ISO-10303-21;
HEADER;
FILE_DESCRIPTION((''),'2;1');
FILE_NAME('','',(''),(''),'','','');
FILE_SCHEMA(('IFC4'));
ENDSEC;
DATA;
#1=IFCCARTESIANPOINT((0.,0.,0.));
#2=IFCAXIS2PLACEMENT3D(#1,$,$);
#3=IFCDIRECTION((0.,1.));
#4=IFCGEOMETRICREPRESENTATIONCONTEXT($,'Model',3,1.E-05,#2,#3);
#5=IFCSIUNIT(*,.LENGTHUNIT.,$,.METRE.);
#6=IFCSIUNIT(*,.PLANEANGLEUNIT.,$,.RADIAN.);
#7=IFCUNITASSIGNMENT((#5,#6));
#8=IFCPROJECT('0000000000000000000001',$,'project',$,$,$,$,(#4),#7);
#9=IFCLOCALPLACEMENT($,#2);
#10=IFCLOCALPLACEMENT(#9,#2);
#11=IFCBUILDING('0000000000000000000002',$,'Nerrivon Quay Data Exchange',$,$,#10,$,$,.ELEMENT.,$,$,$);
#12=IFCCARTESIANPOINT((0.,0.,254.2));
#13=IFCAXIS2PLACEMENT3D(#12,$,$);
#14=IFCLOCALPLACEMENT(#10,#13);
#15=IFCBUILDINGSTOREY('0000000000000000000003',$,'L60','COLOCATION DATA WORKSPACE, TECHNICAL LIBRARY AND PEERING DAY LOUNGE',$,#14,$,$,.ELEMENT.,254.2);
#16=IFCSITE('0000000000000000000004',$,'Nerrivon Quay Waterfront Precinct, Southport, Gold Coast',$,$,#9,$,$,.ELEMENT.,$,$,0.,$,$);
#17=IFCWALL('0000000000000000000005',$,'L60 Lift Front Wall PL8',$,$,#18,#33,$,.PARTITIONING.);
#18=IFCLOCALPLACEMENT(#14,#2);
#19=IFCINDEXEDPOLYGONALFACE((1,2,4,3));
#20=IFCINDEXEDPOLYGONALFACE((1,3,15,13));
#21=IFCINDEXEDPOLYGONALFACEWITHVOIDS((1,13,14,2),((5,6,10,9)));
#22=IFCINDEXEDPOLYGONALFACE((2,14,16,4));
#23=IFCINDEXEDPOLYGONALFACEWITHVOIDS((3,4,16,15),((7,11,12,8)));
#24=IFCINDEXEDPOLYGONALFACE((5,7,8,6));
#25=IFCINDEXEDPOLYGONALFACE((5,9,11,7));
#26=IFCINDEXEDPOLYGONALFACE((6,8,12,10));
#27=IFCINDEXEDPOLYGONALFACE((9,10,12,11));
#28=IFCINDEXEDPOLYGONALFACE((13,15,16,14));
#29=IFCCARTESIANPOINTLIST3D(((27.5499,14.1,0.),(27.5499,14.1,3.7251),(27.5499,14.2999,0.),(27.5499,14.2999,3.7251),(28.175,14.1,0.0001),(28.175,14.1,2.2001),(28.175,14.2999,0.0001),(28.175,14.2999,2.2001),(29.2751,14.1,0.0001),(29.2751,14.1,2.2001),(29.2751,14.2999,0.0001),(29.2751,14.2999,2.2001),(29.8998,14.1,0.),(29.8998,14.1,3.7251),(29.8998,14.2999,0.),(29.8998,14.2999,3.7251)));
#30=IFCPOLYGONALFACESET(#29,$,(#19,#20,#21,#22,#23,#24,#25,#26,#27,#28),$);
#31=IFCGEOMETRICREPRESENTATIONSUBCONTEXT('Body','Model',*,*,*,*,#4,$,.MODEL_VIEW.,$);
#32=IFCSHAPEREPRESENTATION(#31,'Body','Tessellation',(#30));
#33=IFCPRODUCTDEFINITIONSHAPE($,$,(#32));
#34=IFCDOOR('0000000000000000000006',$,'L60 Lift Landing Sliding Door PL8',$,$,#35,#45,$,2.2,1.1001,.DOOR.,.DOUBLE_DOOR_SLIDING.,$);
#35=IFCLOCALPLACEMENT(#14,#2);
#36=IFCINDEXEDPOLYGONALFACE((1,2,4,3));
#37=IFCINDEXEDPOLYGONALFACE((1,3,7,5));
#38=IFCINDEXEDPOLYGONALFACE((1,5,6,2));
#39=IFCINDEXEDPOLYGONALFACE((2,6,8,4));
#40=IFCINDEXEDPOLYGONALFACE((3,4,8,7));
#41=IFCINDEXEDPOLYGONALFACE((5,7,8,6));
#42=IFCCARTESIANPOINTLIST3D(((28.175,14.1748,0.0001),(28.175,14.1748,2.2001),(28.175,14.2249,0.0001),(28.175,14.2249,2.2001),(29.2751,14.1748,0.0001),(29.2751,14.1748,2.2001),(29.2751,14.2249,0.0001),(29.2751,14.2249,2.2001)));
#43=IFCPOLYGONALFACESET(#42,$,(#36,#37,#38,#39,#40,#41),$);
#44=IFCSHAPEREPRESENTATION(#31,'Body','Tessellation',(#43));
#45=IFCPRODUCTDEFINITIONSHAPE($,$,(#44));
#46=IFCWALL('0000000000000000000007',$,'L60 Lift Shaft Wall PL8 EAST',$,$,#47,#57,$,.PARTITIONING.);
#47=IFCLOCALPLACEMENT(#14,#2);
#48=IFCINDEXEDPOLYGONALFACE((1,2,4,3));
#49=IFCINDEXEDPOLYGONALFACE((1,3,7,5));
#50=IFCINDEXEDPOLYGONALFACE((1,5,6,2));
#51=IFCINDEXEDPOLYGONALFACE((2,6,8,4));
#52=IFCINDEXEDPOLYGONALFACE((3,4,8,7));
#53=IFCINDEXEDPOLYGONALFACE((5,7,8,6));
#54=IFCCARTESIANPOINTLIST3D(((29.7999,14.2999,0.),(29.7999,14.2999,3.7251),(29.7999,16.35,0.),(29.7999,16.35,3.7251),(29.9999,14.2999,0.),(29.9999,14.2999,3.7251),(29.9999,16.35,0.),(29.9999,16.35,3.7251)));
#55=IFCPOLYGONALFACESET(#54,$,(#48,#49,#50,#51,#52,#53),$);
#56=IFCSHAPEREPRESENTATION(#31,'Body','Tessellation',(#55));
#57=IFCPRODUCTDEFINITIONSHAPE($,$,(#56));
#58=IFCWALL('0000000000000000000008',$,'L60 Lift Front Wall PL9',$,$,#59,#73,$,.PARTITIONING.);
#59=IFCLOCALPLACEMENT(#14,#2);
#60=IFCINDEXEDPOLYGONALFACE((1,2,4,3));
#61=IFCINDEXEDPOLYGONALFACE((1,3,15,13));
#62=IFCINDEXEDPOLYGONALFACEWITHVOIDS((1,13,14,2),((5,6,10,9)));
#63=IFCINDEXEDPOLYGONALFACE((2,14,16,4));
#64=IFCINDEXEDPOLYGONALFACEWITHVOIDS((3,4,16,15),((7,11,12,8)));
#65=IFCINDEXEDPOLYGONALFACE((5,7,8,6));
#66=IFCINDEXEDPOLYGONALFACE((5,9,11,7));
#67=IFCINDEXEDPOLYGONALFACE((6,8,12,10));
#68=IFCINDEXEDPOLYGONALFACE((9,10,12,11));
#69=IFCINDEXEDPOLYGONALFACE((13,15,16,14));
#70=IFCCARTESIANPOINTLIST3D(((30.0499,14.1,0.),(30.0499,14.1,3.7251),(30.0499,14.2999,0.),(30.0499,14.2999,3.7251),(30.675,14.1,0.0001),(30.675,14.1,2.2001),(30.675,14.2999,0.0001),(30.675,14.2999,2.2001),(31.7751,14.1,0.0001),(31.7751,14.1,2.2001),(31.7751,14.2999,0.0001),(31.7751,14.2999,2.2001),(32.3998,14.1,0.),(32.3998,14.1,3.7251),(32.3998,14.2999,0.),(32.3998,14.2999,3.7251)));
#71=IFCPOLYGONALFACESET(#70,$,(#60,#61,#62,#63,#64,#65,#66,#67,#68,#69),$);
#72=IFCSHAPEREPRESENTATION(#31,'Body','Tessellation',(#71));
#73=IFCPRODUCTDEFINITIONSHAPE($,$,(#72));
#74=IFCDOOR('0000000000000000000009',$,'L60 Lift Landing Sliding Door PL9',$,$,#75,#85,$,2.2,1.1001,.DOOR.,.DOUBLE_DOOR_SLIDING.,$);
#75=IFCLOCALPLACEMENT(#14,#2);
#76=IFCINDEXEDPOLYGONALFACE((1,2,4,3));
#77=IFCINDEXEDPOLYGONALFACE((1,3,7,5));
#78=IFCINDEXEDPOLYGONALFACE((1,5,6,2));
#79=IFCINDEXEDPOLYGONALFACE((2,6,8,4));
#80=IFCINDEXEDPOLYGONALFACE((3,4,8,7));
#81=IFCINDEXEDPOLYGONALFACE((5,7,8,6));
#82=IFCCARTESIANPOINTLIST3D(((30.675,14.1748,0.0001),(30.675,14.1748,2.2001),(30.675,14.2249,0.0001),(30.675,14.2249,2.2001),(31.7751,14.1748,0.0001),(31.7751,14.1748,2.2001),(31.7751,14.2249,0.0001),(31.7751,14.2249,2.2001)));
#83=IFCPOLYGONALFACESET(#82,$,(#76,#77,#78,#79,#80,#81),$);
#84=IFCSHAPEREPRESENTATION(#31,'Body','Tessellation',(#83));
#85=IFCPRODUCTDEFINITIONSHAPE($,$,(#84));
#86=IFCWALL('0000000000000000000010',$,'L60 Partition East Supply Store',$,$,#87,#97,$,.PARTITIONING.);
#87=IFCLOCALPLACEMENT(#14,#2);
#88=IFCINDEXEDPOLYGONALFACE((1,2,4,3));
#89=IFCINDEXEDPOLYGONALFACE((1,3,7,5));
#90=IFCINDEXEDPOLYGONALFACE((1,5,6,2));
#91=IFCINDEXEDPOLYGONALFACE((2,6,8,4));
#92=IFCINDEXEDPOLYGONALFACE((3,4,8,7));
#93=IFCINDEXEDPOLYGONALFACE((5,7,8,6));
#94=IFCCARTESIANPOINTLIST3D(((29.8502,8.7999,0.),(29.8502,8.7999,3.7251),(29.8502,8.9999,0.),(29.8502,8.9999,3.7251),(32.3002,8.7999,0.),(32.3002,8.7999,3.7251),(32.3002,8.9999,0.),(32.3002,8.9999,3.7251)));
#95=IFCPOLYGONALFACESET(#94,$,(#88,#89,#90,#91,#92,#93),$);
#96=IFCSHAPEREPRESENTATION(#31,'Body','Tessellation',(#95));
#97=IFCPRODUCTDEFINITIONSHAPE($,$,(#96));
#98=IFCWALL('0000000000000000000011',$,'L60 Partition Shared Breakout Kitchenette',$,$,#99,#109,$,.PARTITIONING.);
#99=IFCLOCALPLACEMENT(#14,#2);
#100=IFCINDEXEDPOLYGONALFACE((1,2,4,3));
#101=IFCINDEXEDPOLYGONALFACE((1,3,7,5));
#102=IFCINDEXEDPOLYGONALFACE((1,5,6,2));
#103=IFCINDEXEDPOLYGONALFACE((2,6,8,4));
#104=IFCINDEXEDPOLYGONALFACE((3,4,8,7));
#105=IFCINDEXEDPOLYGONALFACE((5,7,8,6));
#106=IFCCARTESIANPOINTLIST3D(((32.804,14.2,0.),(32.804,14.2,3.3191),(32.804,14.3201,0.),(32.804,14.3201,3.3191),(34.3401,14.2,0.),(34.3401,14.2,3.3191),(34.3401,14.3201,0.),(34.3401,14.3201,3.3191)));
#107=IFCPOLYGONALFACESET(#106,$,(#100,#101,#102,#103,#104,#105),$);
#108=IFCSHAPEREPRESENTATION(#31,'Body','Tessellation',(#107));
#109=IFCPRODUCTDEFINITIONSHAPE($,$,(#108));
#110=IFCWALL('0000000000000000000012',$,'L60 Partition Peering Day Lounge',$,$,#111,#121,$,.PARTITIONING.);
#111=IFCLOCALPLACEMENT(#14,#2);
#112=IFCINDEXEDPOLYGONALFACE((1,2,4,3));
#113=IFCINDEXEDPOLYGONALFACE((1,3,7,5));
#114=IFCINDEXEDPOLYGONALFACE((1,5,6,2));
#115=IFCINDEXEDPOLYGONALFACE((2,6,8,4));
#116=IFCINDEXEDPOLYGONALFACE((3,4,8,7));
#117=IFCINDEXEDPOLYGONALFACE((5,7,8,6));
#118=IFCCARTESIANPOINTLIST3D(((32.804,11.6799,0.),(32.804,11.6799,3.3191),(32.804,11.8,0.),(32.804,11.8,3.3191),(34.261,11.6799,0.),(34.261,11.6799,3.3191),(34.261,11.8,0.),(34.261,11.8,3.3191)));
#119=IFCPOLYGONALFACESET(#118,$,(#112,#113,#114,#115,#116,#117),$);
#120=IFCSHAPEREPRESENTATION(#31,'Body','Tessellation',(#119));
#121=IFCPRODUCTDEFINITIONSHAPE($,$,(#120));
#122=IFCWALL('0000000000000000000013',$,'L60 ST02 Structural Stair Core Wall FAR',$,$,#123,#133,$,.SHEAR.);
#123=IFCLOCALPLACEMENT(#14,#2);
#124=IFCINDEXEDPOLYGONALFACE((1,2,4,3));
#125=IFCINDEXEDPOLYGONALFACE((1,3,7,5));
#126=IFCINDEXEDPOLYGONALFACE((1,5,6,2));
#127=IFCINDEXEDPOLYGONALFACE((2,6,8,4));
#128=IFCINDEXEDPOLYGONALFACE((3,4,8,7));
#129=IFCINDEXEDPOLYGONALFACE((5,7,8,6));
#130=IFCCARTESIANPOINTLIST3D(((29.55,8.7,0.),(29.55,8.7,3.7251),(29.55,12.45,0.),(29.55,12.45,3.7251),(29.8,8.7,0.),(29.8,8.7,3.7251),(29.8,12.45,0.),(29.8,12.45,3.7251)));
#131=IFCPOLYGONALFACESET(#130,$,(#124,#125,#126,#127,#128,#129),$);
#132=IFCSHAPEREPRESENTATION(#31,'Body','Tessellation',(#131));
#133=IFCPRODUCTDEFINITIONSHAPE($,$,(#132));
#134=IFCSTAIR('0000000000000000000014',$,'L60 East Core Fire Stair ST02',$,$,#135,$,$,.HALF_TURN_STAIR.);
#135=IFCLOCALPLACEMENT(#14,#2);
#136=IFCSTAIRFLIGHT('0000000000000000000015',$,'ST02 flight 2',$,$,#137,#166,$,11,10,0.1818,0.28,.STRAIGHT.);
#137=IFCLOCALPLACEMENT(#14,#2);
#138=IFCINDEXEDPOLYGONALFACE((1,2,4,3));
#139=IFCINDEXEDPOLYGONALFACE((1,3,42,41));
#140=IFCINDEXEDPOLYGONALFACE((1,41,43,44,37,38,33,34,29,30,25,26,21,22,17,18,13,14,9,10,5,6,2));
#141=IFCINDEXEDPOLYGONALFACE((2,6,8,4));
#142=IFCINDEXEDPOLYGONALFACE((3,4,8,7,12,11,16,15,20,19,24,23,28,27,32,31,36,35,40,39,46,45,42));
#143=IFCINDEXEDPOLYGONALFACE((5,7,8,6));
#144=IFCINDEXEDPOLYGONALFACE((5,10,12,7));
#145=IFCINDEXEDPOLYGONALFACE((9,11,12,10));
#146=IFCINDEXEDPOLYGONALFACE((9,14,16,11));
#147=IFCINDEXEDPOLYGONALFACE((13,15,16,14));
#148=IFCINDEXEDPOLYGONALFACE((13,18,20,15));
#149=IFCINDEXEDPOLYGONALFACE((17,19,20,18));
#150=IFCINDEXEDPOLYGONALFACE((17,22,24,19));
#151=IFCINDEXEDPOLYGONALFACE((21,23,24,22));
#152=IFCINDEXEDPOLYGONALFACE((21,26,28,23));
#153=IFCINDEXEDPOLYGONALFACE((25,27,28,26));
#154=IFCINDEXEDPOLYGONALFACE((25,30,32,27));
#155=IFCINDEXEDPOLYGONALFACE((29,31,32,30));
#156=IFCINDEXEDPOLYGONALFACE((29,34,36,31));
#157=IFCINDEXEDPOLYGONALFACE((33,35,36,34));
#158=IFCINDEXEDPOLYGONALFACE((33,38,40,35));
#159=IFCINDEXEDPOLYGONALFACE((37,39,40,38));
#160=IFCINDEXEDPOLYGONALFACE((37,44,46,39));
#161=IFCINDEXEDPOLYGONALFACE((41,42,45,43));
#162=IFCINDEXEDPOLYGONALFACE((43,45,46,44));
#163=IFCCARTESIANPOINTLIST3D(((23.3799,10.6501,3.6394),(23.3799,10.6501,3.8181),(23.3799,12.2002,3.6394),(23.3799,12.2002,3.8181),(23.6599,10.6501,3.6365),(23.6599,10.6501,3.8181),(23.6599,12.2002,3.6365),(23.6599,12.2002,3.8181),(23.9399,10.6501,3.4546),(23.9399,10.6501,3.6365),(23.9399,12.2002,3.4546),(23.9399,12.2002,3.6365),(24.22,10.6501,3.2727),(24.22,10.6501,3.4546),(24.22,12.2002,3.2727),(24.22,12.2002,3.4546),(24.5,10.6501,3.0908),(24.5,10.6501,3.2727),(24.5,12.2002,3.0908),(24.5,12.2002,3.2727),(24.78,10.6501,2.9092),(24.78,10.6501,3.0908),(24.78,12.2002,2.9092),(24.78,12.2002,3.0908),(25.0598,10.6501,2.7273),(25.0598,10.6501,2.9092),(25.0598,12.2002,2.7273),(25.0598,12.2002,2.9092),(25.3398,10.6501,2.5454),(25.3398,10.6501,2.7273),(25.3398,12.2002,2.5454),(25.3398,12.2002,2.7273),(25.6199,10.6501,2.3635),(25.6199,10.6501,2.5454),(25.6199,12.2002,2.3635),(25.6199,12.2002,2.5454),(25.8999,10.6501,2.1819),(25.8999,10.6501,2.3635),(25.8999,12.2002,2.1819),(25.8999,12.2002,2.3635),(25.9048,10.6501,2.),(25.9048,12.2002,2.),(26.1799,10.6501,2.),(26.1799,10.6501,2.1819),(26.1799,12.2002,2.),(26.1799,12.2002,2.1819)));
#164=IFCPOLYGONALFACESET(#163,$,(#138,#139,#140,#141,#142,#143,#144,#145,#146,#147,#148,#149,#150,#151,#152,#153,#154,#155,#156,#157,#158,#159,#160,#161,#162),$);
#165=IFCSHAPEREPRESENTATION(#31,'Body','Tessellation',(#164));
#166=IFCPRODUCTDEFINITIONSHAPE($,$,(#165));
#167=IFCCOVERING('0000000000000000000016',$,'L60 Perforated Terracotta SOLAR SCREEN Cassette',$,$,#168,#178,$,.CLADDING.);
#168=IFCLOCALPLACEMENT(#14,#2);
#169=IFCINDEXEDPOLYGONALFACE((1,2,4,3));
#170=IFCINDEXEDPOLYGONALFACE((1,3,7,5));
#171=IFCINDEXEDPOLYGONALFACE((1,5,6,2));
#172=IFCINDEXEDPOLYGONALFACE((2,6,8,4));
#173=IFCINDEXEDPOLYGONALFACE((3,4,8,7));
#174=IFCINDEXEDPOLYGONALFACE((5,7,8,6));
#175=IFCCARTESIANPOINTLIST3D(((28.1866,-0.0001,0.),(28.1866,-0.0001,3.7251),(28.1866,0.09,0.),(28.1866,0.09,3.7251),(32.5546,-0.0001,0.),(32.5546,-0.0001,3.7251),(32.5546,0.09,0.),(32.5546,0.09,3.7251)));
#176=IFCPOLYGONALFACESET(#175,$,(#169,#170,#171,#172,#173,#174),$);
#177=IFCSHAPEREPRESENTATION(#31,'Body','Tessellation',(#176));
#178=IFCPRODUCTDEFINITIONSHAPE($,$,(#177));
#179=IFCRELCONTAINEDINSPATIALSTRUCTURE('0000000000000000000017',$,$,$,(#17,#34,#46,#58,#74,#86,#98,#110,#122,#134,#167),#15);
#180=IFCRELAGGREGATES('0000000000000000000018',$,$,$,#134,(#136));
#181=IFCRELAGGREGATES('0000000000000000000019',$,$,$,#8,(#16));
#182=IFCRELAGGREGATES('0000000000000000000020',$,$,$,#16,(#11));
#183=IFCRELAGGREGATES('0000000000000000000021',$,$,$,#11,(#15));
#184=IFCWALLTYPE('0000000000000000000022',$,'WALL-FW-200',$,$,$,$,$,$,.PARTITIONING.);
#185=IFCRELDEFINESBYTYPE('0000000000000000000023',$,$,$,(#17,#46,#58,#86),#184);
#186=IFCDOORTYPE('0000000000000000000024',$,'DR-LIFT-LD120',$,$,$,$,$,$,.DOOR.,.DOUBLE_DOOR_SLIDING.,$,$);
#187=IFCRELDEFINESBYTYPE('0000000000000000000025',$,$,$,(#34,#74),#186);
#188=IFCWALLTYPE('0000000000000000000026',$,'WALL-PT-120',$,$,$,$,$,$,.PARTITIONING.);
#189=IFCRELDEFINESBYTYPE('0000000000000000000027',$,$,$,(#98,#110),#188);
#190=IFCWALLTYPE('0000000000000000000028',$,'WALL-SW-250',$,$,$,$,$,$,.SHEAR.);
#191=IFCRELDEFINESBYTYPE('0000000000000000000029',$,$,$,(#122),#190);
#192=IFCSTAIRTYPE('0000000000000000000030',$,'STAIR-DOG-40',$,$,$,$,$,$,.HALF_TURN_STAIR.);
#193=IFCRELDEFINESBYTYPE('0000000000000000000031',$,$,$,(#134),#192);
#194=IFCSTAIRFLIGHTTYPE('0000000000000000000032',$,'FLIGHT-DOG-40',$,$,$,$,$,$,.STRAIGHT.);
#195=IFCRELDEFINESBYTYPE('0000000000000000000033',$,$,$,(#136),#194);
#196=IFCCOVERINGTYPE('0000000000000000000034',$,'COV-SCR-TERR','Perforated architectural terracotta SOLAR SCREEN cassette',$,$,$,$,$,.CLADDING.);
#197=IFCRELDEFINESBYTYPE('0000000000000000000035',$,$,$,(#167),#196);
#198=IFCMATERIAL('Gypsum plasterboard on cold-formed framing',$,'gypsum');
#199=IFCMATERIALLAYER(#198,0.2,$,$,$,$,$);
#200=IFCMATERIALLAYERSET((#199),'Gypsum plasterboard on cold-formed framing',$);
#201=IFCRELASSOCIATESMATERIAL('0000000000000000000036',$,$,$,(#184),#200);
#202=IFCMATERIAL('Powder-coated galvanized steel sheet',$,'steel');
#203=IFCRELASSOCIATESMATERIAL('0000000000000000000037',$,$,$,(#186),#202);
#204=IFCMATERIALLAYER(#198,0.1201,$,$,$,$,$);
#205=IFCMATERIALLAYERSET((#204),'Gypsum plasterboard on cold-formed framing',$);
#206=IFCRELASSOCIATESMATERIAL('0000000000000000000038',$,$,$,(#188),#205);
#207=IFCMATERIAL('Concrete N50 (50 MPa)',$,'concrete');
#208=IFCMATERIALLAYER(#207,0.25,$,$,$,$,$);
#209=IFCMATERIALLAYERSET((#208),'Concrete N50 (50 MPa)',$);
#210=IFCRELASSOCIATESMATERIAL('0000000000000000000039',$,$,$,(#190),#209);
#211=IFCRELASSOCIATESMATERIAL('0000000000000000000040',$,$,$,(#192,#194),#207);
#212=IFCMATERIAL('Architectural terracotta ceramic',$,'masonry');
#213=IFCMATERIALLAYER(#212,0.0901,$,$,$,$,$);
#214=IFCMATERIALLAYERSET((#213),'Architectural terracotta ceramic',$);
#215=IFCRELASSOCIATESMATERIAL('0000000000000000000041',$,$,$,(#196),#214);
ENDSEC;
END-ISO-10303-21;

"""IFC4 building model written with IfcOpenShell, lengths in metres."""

from ifc_helpers import new_model, si_unit, direction, frame, frame_2d, origin, origin_2d, place, context, subcontext, project, spatial, polyline, rectangle, outline, extrude, material, layer, layer_set, type_object, element, fill, aggregate, save


model = new_model("IFC4")

# Units and contexts
model_context = context("Model", 3, precision=1e-05, world=origin(), true_north=direction((0.0, 1.0)))
body_context = subcontext(model_context, "Body", "Model", "MODEL_VIEW")
ifc_project = project(units=[si_unit("LENGTHUNIT", "METRE"), si_unit("PLANEANGLEUNIT", "RADIAN")], contexts=[model_context])

# Site, building, storey
site_placement = place(None, origin())
site = spatial("IfcSite", under=ifc_project, at=site_placement, Name="Nerrivon Quay Waterfront Precinct, Southport, Gold Coast", CompositionType="ELEMENT", RefElevation=0.0)
building_placement = place(site_placement, origin())
building = spatial("IfcBuilding", under=site, at=building_placement, Name="Nerrivon Quay Data Exchange", CompositionType="ELEMENT")
storey_placement = place(building_placement, frame((0.0, 0.0, 254.2)))
storey = spatial("IfcBuildingStorey", under=building, at=storey_placement, Name="L60", Description="COLOCATION DATA WORKSPACE, TECHNICAL LIBRARY AND PEERING DAY LOUNGE", CompositionType="ELEMENT", Elevation=254.2)

# Shared definitions
ifc_material_1 = material(Name="Concrete N50 (50 MPa)", Category="concrete")

# Shared definitions
ifc_material_2 = material(Name="Powder-coated galvanized steel sheet", Category="steel")

# Shared definitions
ifc_material_3 = material(Name="Gypsum plasterboard on cold-formed framing", Category="gypsum")
ifc_layer_1 = layer(ifc_material_3, 0.2)
ifc_layer_set_1 = layer_set([ifc_layer_1], Name="Gypsum plasterboard on cold-formed framing")
wall_type_1 = type_object("IfcWallType", Name="WALL-FW-200", PredefinedType="PARTITIONING", material=ifc_layer_set_1)

# Wall, opening, door
wall_1_placement = place(storey_placement, frame((27.55, 14.2, 0.0), z_axis=(0.0, 0.0, 1.0), x_axis=(1.0, 0.0, 0.0)))
wall_1 = element("IfcWall", 1, at=wall_1_placement, inside=storey, type_object=wall_type_1, Name="L60 Lift Front Wall PL8", PredefinedType="PARTITIONING", context=body_context, shape_type="SweptSolid", body=[
    extrude(rectangle(XDim=2.3499, YDim=0.2, at=frame_2d((1.1748, 0.0))), origin(), (0.0, 0.0, 1.0), 3.7251),
])
opening_1_placement = place(wall_1_placement, frame((0.625, 0.0, 0.0)))
opening_1 = element("IfcOpeningElement", 2, at=opening_1_placement, cuts=wall_1, PredefinedType="OPENING", context=body_context, shape_type="SweptSolid", body=[
    extrude(rectangle(XDim=1.1001, YDim=2.2, at=frame_2d((0.55, 1.1001))), frame((0.0, 0.1099, 0.0), z_axis=(0.0, -1.0, 0.0), x_axis=(1.0, 0.0, 0.0)), (0.0, 0.0, 1.0), 0.22),
])
door_type_1 = type_object("IfcDoorType", Name="DR-LIFT-LD120", OperationType="DOUBLE_DOOR_SLIDING", PredefinedType="DOOR", material=ifc_material_2)
door_1_placement = place(opening_1_placement, origin())
door_1 = element("IfcDoor", 3, at=door_1_placement, inside=storey, type_object=door_type_1, Name="L60 Lift Landing Sliding Door PL8", OperationType="DOUBLE_DOOR_SLIDING", OverallHeight=2.2, OverallWidth=1.1001, PredefinedType="DOOR", context=body_context, shape_type="SweptSolid", body=[
    extrude(rectangle(XDim=1.1001, YDim=2.2, at=frame_2d((0.55, 1.1001))), frame((0.0, 0.0249, 0.0), z_axis=(0.0, -1.0, 0.0), x_axis=(1.0, 0.0, 0.0)), (0.0, 0.0, 1.0), 0.05),
])
fill(opening_1, door_1)

# Wall
wall_2_placement = place(storey_placement, frame((29.8999, 14.3, 0.0), z_axis=(0.0, 0.0, 1.0), x_axis=(0.0, 1.0, 0.0)))
element("IfcWall", 4, at=wall_2_placement, inside=storey, type_object=wall_type_1, Name="L60 Lift Shaft Wall PL8 EAST", PredefinedType="PARTITIONING", context=body_context, shape_type="SweptSolid", body=[
    extrude(rectangle(XDim=2.05, YDim=0.2, at=frame_2d((1.0249, 0.0))), origin(), (0.0, 0.0, 1.0), 3.7251),
])

# Wall, opening, door
wall_3_placement = place(storey_placement, frame((30.05, 14.2, 0.0), z_axis=(0.0, 0.0, 1.0), x_axis=(1.0, 0.0, 0.0)))
wall_3 = element("IfcWall", 5, at=wall_3_placement, inside=storey, type_object=wall_type_1, Name="L60 Lift Front Wall PL9", PredefinedType="PARTITIONING", context=body_context, shape_type="SweptSolid", body=[
    extrude(rectangle(XDim=2.3499, YDim=0.2, at=frame_2d((1.1748, 0.0))), origin(), (0.0, 0.0, 1.0), 3.7251),
])
opening_2_placement = place(wall_3_placement, frame((0.625, 0.0, 0.0)))
opening_2 = element("IfcOpeningElement", 6, at=opening_2_placement, cuts=wall_3, PredefinedType="OPENING", context=body_context, shape_type="SweptSolid", body=[
    extrude(rectangle(XDim=1.1001, YDim=2.2, at=frame_2d((0.55, 1.1001))), frame((0.0, 0.1099, 0.0), z_axis=(0.0, -1.0, 0.0), x_axis=(1.0, 0.0, 0.0)), (0.0, 0.0, 1.0), 0.22),
])
door_2_placement = place(opening_2_placement, origin())
door_2 = element("IfcDoor", 7, at=door_2_placement, inside=storey, type_object=door_type_1, Name="L60 Lift Landing Sliding Door PL9", OperationType="DOUBLE_DOOR_SLIDING", OverallHeight=2.2, OverallWidth=1.1001, PredefinedType="DOOR", context=body_context, shape_type="SweptSolid", body=[
    extrude(rectangle(XDim=1.1001, YDim=2.2, at=frame_2d((0.55, 1.1001))), frame((0.0, 0.0249, 0.0), z_axis=(0.0, -1.0, 0.0), x_axis=(1.0, 0.0, 0.0)), (0.0, 0.0, 1.0), 0.05),
])
fill(opening_2, door_2)

# Walls
wall_4_placement = place(storey_placement, frame((29.8501, 8.8999, 0.0), z_axis=(0.0, 0.0, 1.0), x_axis=(1.0, 0.0, 0.0)))
element("IfcWall", 8, at=wall_4_placement, inside=storey, type_object=wall_type_1, Name="L60 Partition East Supply Store", PredefinedType="PARTITIONING", context=body_context, shape_type="SweptSolid", body=[
    extrude(rectangle(XDim=2.45, YDim=0.2, at=frame_2d((1.2251, 0.0))), origin(), (0.0, 0.0, 1.0), 3.7251),
])
ifc_layer_2 = layer(ifc_material_3, 0.1201)
ifc_layer_set_2 = layer_set([ifc_layer_2], Name="Gypsum plasterboard on cold-formed framing")
wall_type_2 = type_object("IfcWallType", Name="WALL-PT-120", PredefinedType="PARTITIONING", material=ifc_layer_set_2)
wall_5_placement = place(storey_placement, frame((32.804, 14.26, 0.0), z_axis=(0.0, 0.0, 1.0), x_axis=(1.0, 0.0, 0.0)))
element("IfcWall", 9, at=wall_5_placement, inside=storey, type_object=wall_type_2, Name="L60 Partition Shared Breakout Kitchenette", PredefinedType="PARTITIONING", context=body_context, shape_type="SweptSolid", body=[
    extrude(rectangle(XDim=1.5361, YDim=0.1201, at=frame_2d((0.7681, 0.0))), origin(), (0.0, 0.0, 1.0), 3.3191),
])
wall_6_placement = place(storey_placement, frame((34.261, 11.74, 0.0), z_axis=(0.0, 0.0, 1.0), x_axis=(-1.0, 0.0, 0.0)))
element("IfcWall", 10, at=wall_6_placement, inside=storey, type_object=wall_type_2, Name="L60 Partition Peering Day Lounge", PredefinedType="PARTITIONING", context=body_context, shape_type="SweptSolid", body=[
    extrude(rectangle(XDim=1.457, YDim=0.1201, at=frame_2d((0.7285, 0.0))), origin(), (0.0, 0.0, 1.0), 3.3191),
])
ifc_layer_3 = layer(ifc_material_1, 0.25)
ifc_layer_set_3 = layer_set([ifc_layer_3], Name="Concrete N50 (50 MPa)")
wall_type_3 = type_object("IfcWallType", Name="WALL-SW-250", PredefinedType="SHEAR", material=ifc_layer_set_3)
wall_7_placement = place(storey_placement, frame((29.675, 8.7, 0.0), z_axis=(0.0, 0.0, 1.0), x_axis=(0.0, 1.0, 0.0)))
element("IfcWall", 11, at=wall_7_placement, inside=storey, type_object=wall_type_3, Name="L60 ST02 Structural Stair Core Wall FAR", PredefinedType="SHEAR", context=body_context, shape_type="SweptSolid", body=[
    extrude(rectangle(XDim=3.75, YDim=0.25, at=frame_2d((1.875, 0.0))), origin(), (0.0, 0.0, 1.0), 3.7251),
])

# Stair, stair flight
stair_type = type_object("IfcStairType", Name="STAIR-DOG-40", PredefinedType="HALF_TURN_STAIR", material=ifc_material_1)
stair_placement = place(storey_placement, origin())
stair = element("IfcStair", 12, at=stair_placement, inside=storey, type_object=stair_type, Name="L60 East Core Fire Stair ST02", PredefinedType="HALF_TURN_STAIR")
stair_flight_type = type_object("IfcStairFlightType", Name="FLIGHT-DOG-40", PredefinedType="STRAIGHT", material=ifc_material_1)
stair_flight_placement = place(storey_placement, frame((26.1799, 11.425, 2.0), z_axis=(0.0, 0.0, 1.0), x_axis=(-1.0, 0.0, 0.0)))
stair_flight = element("IfcStairFlight", 13, at=stair_flight_placement, type_object=stair_flight_type, Name="ST02 flight 2", NumberOfRisers=11, NumberOfTreads=10, PredefinedType="STRAIGHT", RiserHeight=0.1818, TreadLength=0.28, context=body_context, shape_type="SweptSolid", body=[
    extrude(outline(polyline([(0.0, 0.0), (0.0, 0.1819), (0.28, 0.1819), (0.28, 0.3635), (0.5601, 0.3635), (0.5601, 0.5454), (0.8401, 0.5454), (0.8401, 0.7273), (1.1201, 0.7273), (1.1201, 0.9092), (1.3999, 0.9092), (1.3999, 1.0908), (1.6799, 1.0908), (1.6799, 1.2727), (1.96, 1.2727), (1.96, 1.4546), (2.24, 1.4546), (2.24, 1.6365), (2.52, 1.6365), (2.52, 1.8181), (2.8, 1.8181), (2.8, 2.0), (2.8, 1.6394), (0.2751, 0.0), (0.0, 0.0)])), frame((0.0, 0.7749, 0.0), z_axis=(0.0, -1.0, 0.0), x_axis=(1.0, 0.0, 0.0)), (0.0, 0.0, 1.0), 1.55),
])
aggregate(stair, [stair_flight])

# Covering
ifc_material_4 = material(Name="Architectural terracotta ceramic", Category="masonry")
ifc_layer_4 = layer(ifc_material_4, 0.0901)
ifc_layer_set_4 = layer_set([ifc_layer_4], Name="Architectural terracotta ceramic")
covering_type = type_object("IfcCoveringType", Name="COV-SCR-TERR", Description="Perforated architectural terracotta SOLAR SCREEN cassette", PredefinedType="CLADDING", material=ifc_layer_set_4)
covering_placement = place(storey_placement, frame((30.3706, 0.0449, 0.0), z_axis=(0.0, 0.0, 1.0), x_axis=(-1.0, 0.0, 0.0)))
element("IfcCovering", 14, at=covering_placement, inside=storey, type_object=covering_type, Name="L60 Perforated Terracotta SOLAR SCREEN Cassette", PredefinedType="CLADDING", context=body_context, shape_type="SweptSolid", body=[
    extrude(rectangle(XDim=4.3679, YDim=0.0901, at=origin_2d()), origin(), (0.0, 0.0, 1.0), 3.7251),
])

save(model, "model.ifc")
